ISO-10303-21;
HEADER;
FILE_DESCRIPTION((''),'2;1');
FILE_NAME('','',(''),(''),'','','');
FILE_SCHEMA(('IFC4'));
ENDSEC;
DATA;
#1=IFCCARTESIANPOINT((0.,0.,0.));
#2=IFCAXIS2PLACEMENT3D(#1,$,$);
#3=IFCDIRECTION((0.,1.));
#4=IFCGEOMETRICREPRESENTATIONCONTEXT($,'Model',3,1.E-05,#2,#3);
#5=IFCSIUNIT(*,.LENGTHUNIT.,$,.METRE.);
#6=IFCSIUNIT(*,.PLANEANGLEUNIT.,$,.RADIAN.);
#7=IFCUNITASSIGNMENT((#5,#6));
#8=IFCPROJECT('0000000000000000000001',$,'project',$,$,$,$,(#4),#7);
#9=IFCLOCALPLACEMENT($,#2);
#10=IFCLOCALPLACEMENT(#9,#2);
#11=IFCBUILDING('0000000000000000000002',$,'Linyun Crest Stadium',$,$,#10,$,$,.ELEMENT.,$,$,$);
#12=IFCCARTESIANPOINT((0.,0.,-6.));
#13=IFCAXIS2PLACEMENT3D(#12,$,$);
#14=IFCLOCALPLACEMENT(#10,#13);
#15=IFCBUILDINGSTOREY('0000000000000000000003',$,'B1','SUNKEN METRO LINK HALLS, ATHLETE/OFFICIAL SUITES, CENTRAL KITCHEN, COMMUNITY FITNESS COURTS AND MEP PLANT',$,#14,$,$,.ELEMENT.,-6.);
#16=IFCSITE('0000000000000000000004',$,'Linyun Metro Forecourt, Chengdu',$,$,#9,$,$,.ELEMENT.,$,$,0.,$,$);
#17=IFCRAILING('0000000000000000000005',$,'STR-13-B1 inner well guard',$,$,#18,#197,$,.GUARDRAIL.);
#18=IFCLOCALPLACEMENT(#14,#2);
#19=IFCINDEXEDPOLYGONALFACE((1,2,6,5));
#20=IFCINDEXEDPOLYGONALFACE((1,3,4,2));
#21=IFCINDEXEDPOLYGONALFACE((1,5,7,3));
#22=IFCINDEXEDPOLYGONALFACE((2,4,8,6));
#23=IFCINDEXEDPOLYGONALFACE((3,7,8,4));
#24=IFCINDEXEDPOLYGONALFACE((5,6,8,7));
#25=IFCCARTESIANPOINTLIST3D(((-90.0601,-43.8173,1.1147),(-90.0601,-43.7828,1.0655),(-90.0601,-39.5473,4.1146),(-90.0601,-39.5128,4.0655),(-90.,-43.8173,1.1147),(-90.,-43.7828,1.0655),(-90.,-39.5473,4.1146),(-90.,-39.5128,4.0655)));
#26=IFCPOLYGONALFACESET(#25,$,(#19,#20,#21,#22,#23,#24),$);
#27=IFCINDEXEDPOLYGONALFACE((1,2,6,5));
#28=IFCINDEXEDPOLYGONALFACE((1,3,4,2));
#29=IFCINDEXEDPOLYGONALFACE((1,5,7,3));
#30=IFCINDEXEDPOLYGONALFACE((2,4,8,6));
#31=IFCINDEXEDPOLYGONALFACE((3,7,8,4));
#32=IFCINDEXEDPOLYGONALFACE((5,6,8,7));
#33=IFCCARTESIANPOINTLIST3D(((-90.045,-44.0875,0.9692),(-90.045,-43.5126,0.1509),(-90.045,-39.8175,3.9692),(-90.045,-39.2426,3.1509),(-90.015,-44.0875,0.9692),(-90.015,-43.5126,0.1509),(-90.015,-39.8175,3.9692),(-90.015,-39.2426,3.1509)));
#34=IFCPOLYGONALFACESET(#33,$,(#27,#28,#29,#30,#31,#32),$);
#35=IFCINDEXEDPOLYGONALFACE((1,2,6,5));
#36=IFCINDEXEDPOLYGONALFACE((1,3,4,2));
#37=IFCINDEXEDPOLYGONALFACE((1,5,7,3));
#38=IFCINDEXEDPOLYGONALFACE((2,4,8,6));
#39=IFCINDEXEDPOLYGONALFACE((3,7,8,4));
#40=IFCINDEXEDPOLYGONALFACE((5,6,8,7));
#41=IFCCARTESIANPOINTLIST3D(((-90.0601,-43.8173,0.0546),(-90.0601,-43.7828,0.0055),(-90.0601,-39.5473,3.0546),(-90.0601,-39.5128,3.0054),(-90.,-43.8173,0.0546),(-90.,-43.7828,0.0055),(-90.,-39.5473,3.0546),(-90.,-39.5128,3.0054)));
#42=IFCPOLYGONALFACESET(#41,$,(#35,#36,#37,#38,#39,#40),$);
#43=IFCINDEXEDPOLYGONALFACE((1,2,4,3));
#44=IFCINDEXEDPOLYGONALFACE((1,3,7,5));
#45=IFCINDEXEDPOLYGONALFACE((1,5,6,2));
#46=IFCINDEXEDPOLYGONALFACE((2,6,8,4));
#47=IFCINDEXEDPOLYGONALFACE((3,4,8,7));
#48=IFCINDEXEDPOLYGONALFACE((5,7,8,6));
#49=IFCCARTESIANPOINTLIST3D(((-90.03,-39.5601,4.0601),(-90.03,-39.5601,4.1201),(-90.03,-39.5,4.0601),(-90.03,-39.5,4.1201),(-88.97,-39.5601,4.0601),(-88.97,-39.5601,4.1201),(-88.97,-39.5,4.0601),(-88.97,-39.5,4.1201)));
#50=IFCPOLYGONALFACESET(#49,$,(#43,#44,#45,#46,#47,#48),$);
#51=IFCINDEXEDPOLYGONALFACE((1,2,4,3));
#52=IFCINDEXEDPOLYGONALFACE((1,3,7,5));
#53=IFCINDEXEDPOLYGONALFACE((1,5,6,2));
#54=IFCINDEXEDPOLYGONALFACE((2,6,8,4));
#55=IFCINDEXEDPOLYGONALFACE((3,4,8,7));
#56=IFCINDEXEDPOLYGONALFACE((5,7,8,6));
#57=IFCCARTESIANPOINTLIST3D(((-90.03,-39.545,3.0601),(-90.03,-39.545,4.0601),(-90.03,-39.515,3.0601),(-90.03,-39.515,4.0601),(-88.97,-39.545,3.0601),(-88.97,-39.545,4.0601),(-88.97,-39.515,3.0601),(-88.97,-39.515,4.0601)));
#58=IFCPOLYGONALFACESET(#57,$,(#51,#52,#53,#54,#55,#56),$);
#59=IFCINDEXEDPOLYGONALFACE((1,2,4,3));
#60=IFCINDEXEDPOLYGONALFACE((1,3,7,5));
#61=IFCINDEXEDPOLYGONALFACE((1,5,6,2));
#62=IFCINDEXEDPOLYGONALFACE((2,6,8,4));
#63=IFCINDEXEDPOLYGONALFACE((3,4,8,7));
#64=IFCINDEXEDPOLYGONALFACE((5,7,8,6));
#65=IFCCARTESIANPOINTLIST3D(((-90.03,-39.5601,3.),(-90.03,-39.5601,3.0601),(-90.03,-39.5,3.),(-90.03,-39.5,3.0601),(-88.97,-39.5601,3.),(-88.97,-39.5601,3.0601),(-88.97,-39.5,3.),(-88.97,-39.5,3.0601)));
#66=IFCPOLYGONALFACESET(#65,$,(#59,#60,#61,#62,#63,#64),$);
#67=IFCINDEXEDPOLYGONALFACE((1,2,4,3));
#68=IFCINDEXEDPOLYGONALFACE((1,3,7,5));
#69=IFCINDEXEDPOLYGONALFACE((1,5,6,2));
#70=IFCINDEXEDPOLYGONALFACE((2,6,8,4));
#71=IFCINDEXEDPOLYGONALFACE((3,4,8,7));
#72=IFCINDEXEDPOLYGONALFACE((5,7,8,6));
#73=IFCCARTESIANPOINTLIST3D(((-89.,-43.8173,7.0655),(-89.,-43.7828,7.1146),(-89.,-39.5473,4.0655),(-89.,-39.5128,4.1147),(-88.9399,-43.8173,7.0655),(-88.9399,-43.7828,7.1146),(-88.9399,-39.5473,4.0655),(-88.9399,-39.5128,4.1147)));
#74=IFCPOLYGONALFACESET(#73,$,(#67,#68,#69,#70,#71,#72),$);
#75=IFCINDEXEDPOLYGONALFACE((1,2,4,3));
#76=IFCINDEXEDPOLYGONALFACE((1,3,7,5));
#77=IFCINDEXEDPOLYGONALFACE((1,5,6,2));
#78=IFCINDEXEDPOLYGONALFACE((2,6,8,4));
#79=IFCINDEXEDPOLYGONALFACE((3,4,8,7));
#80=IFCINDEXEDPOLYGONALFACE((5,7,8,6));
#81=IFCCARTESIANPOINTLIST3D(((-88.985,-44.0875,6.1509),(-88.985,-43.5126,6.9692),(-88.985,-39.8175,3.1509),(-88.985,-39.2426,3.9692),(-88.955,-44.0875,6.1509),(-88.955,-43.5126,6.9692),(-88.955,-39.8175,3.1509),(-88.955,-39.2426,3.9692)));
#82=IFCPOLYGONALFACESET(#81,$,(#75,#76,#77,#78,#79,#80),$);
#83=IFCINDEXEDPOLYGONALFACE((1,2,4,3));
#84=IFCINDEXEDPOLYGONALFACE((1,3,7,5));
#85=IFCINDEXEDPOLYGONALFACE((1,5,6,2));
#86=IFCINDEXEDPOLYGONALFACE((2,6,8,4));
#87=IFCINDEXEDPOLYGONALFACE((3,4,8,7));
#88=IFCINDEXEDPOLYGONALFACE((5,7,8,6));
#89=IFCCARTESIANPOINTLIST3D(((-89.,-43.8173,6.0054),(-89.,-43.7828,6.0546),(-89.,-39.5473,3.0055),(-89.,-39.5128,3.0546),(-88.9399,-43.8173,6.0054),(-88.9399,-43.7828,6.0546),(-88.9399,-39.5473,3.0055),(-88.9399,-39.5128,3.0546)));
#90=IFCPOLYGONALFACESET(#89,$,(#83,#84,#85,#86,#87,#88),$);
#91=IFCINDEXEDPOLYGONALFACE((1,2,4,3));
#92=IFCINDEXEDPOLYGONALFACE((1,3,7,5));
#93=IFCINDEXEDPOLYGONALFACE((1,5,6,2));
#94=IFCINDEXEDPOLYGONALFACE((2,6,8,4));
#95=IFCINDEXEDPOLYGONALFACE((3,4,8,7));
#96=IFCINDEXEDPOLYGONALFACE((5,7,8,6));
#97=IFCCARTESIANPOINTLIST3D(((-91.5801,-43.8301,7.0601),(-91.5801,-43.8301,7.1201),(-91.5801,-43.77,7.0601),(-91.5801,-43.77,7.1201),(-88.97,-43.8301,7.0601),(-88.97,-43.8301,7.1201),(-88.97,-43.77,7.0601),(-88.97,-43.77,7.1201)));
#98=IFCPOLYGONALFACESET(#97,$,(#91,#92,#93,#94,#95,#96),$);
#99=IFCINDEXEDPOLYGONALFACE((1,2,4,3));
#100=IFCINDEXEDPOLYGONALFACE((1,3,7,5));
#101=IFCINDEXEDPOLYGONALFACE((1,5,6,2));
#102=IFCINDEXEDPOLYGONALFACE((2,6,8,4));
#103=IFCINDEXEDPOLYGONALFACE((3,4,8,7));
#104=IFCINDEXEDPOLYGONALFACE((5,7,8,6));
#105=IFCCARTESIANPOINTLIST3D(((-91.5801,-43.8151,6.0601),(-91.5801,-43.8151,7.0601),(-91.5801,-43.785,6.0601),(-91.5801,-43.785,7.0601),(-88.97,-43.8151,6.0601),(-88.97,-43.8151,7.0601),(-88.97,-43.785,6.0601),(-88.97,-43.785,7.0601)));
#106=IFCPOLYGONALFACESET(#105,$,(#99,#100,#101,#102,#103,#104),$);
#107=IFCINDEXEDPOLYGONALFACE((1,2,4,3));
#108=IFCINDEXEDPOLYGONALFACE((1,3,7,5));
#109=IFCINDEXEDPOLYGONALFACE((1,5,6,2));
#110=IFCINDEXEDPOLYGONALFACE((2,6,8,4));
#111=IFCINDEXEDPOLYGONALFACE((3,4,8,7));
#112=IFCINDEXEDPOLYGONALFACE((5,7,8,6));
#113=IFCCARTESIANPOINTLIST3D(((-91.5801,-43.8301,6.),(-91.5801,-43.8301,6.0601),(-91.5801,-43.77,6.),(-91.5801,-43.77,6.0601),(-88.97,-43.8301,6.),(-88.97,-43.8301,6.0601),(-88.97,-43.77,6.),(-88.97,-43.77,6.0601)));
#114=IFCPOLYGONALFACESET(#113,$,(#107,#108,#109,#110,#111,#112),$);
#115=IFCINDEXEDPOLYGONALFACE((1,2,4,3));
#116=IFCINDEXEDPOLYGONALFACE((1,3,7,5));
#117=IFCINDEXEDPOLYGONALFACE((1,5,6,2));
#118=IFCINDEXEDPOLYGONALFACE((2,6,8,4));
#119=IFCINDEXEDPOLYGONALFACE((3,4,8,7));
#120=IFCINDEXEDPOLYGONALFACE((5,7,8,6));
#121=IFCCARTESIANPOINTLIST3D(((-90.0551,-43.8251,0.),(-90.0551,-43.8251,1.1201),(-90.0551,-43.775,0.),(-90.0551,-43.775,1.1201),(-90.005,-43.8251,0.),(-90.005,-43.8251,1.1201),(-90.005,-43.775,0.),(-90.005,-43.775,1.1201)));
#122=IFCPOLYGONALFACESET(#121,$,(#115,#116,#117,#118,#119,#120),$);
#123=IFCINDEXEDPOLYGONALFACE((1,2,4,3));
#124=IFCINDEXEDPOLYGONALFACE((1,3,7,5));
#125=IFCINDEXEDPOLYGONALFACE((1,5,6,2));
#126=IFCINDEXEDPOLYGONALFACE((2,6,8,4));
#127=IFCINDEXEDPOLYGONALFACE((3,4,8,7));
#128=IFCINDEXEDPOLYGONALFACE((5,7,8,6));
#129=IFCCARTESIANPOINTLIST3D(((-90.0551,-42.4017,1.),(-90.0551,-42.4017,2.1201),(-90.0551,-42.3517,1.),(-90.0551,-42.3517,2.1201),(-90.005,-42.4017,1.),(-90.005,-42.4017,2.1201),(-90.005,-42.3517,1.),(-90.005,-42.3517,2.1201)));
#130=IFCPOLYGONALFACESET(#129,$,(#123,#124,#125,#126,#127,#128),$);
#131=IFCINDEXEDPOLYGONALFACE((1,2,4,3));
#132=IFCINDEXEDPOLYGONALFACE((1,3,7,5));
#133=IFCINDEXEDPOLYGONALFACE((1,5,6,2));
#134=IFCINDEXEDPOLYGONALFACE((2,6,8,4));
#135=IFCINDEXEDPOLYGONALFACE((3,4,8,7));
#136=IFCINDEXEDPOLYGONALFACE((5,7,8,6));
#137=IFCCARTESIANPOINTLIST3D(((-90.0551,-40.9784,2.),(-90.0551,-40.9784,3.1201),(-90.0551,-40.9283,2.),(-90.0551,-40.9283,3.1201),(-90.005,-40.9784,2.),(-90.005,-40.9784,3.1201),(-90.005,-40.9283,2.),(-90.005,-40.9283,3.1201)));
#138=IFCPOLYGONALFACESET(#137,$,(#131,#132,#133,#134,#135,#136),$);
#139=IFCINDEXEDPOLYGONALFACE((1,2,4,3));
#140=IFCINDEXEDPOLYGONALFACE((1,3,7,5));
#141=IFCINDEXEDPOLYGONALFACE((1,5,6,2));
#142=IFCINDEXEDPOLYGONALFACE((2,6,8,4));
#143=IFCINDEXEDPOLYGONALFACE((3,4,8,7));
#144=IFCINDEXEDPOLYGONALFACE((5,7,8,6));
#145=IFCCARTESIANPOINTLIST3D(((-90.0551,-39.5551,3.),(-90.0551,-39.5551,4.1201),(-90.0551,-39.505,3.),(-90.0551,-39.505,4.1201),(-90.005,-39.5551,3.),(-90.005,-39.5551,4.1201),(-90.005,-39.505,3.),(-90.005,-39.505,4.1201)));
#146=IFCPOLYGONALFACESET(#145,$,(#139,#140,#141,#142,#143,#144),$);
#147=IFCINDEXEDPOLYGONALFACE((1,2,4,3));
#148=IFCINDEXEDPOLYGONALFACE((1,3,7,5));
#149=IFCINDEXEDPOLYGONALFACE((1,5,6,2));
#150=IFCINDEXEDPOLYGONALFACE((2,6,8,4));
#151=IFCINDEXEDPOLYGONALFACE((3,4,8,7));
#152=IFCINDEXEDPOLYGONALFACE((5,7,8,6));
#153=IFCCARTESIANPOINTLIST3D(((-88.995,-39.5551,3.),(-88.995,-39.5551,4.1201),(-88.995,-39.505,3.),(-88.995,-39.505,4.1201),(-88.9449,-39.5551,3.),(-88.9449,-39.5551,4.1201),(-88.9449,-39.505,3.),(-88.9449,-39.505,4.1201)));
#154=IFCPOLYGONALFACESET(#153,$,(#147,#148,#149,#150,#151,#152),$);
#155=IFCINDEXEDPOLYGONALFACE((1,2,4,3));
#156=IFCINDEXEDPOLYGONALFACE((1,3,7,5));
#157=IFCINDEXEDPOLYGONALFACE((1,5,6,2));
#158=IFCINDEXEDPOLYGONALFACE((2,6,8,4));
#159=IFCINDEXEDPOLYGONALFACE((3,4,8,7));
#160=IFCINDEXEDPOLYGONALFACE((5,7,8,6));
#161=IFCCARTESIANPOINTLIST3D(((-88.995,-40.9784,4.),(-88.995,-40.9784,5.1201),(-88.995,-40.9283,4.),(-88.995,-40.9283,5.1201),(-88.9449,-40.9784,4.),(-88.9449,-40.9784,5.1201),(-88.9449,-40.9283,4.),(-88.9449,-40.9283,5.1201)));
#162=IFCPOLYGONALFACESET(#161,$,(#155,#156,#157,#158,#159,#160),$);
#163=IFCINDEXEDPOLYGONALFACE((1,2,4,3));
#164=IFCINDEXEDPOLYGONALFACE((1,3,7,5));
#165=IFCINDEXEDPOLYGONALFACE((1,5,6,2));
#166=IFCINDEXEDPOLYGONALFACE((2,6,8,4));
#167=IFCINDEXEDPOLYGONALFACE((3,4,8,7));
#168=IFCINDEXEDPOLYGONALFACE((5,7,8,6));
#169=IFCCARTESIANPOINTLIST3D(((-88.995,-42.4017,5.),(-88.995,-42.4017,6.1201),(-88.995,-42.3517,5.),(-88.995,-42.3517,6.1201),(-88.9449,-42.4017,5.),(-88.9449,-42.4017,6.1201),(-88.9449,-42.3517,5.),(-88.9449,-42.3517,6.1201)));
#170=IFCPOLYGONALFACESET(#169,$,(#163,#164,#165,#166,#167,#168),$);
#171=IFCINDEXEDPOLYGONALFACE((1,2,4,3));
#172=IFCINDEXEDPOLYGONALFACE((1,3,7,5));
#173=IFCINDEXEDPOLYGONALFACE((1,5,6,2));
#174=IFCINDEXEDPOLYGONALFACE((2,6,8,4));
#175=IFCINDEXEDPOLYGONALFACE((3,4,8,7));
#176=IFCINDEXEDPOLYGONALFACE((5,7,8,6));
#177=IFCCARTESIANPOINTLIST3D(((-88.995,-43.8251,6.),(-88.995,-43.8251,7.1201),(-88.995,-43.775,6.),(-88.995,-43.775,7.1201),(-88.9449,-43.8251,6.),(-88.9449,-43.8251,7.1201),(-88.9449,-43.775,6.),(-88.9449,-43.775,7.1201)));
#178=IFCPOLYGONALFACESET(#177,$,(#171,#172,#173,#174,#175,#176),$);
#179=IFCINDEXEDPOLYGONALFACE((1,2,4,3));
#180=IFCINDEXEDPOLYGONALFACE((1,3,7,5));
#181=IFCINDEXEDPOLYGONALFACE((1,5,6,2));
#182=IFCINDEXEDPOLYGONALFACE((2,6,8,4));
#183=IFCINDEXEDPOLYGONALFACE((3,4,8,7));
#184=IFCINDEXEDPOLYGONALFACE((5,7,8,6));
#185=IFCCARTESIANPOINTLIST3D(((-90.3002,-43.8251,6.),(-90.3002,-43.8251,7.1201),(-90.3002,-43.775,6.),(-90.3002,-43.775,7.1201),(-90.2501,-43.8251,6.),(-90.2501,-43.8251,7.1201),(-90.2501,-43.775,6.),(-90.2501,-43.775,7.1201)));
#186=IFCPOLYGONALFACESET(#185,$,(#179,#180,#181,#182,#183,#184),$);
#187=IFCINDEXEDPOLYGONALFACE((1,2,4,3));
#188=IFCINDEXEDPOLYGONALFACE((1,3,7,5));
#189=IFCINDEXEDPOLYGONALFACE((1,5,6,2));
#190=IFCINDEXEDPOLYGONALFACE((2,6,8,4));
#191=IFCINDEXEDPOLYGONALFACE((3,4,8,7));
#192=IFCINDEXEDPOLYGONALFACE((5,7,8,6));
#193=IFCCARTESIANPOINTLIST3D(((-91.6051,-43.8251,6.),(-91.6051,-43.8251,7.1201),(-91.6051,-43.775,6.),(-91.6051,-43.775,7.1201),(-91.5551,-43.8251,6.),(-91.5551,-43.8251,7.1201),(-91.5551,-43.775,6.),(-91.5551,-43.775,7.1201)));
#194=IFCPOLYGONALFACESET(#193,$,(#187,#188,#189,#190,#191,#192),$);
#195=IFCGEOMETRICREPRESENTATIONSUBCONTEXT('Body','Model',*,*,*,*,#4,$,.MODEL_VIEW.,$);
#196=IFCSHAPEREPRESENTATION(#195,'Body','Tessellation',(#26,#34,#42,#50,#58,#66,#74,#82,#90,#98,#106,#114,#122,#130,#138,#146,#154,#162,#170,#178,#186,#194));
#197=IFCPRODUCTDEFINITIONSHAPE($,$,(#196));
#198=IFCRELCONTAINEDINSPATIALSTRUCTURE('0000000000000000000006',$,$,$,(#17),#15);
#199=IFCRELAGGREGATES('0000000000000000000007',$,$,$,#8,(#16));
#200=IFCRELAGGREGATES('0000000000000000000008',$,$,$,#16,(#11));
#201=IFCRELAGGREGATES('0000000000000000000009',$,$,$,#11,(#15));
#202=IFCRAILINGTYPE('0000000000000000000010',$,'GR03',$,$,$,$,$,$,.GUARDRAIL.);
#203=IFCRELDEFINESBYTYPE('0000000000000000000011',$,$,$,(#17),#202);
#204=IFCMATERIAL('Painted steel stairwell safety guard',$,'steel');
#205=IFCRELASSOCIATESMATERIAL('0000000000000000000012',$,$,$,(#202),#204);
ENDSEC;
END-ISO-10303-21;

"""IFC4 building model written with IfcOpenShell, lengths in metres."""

from ifc_helpers import new_model, si_unit, direction, frame, origin, origin_2d, place, context, subcontext, project, spatial, rectangle, extrude, material, type_object, element, save


model = new_model("IFC4")

# Units and contexts
model_context = context("Model", 3, precision=1e-05, world=origin(), true_north=direction((0.0, 1.0)))
body_context = subcontext(model_context, "Body", "Model", "MODEL_VIEW")
ifc_project = project(units=[si_unit("LENGTHUNIT", "METRE"), si_unit("PLANEANGLEUNIT", "RADIAN")], contexts=[model_context])

# Site, building, storey
site_placement = place(None, origin())
site = spatial("IfcSite", under=ifc_project, at=site_placement, Name="Linyun Metro Forecourt, Chengdu", CompositionType="ELEMENT", RefElevation=0.0)
building_placement = place(site_placement, origin())
building = spatial("IfcBuilding", under=site, at=building_placement, Name="Linyun Crest Stadium", CompositionType="ELEMENT")
storey_placement = place(building_placement, frame((0.0, 0.0, -6.0)))
storey = spatial("IfcBuildingStorey", under=building, at=storey_placement, Name="B1", Description="SUNKEN METRO LINK HALLS, ATHLETE/OFFICIAL SUITES, CENTRAL KITCHEN, COMMUNITY FITNESS COURTS AND MEP PLANT", CompositionType="ELEMENT", Elevation=-6.0)

# Railing
ifc_material_1 = material(Name="Painted steel stairwell safety guard", Category="steel")
railing_type = type_object("IfcRailingType", Name="GR03", PredefinedType="GUARDRAIL", material=ifc_material_1)
railing_1_placement = place(storey_placement, frame((-90.03, -43.8, 0.0)))
element("IfcRailing", 1, at=railing_1_placement, inside=storey, type_object=railing_type, Name="STR-13-B1 inner well guard", PredefinedType="GUARDRAIL", context=body_context, shape_type="SweptSolid", body=[
    extrude(rectangle(XDim=0.0601, YDim=0.0601, at=origin_2d()), frame((0.0, 0.0, 1.0901), z_axis=(0.0, 0.818242, 0.574874), x_axis=(-1.0, 0.0, 0.0)), (0.0, 0.0, 1.0), 5.2185),
    extrude(rectangle(XDim=0.03, YDim=1.0, at=origin_2d()), frame((0.0, 0.0, 0.5601), z_axis=(0.0, 0.818242, 0.574874), x_axis=(-1.0, 0.0, 0.0)), (0.0, 0.0, 1.0), 5.2185),
    extrude(rectangle(XDim=0.0601, YDim=0.0601, at=origin_2d()), frame((0.0, 0.0, 0.03), z_axis=(0.0, 0.818242, 0.574874), x_axis=(-1.0, 0.0, 0.0)), (0.0, 0.0, 1.0), 5.2185),
    extrude(rectangle(XDim=0.0601, YDim=0.0601, at=origin_2d()), frame((0.0, 4.27, 4.0901), z_axis=(1.0, 0.0, 0.0), x_axis=(0.0, 1.0, 0.0)), (0.0, 0.0, 1.0), 1.0601),
    extrude(rectangle(XDim=0.03, YDim=1.0, at=origin_2d()), frame((0.0, 4.27, 3.5601), z_axis=(1.0, 0.0, 0.0), x_axis=(0.0, 1.0, 0.0)), (0.0, 0.0, 1.0), 1.0601),
    extrude(rectangle(XDim=0.0601, YDim=0.0601, at=origin_2d()), frame((0.0, 4.27, 3.03), z_axis=(1.0, 0.0, 0.0), x_axis=(0.0, 1.0, 0.0)), (0.0, 0.0, 1.0), 1.0601),
    extrude(rectangle(XDim=0.0601, YDim=0.0601, at=origin_2d()), frame((1.0601, 4.27, 4.0901), z_axis=(0.0, -0.818242, 0.574874), x_axis=(1.0, 0.0, 0.0)), (0.0, 0.0, 1.0), 5.2185),
    extrude(rectangle(XDim=0.03, YDim=1.0, at=origin_2d()), frame((1.0601, 4.27, 3.5601), z_axis=(0.0, -0.818242, 0.574874), x_axis=(1.0, 0.0, 0.0)), (0.0, 0.0, 1.0), 5.2185),
    extrude(rectangle(XDim=0.0601, YDim=0.0601, at=origin_2d()), frame((1.0601, 4.27, 3.03), z_axis=(0.0, -0.818242, 0.574874), x_axis=(1.0, 0.0, 0.0)), (0.0, 0.0, 1.0), 5.2185),
    extrude(rectangle(XDim=0.0601, YDim=0.0601, at=origin_2d()), frame((1.0601, 0.0, 7.0901), z_axis=(-1.0, 0.0, 0.0), x_axis=(0.0, -1.0, 0.0)), (0.0, 0.0, 1.0), 2.6101),
    extrude(rectangle(XDim=0.03, YDim=1.0, at=origin_2d()), frame((1.0601, 0.0, 6.5601), z_axis=(-1.0, 0.0, 0.0), x_axis=(0.0, -1.0, 0.0)), (0.0, 0.0, 1.0), 2.6101),
    extrude(rectangle(XDim=0.0601, YDim=0.0601, at=origin_2d()), frame((1.0601, 0.0, 6.03), z_axis=(-1.0, 0.0, 0.0), x_axis=(0.0, -1.0, 0.0)), (0.0, 0.0, 1.0), 2.6101),
    extrude(rectangle(XDim=0.05, YDim=0.05, at=origin_2d()), origin(), (0.0, 0.0, 1.0), 1.1201),
    extrude(rectangle(XDim=0.05, YDim=0.05, at=origin_2d()), frame((0.0, 1.4233, 1.0)), (0.0, 0.0, 1.0), 1.1201),
    extrude(rectangle(XDim=0.05, YDim=0.05, at=origin_2d()), frame((0.0, 2.8467, 2.0)), (0.0, 0.0, 1.0), 1.1201),
    extrude(rectangle(XDim=0.05, YDim=0.05, at=origin_2d()), frame((0.0, 4.27, 3.0)), (0.0, 0.0, 1.0), 1.1201),
    extrude(rectangle(XDim=0.05, YDim=0.05, at=origin_2d()), frame((1.0601, 4.27, 3.0)), (0.0, 0.0, 1.0), 1.1201),
    extrude(rectangle(XDim=0.05, YDim=0.05, at=origin_2d()), frame((1.0601, 2.8467, 4.0)), (0.0, 0.0, 1.0), 1.1201),
    extrude(rectangle(XDim=0.05, YDim=0.05, at=origin_2d()), frame((1.0601, 1.4233, 5.0)), (0.0, 0.0, 1.0), 1.1201),
    extrude(rectangle(XDim=0.05, YDim=0.05, at=origin_2d()), frame((1.0601, 0.0, 6.0)), (0.0, 0.0, 1.0), 1.1201),
    extrude(rectangle(XDim=0.05, YDim=0.05, at=origin_2d()), frame((-0.2451, 0.0, 6.0)), (0.0, 0.0, 1.0), 1.1201),
    extrude(rectangle(XDim=0.05, YDim=0.05, at=origin_2d()), frame((-1.55, 0.0, 6.0)), (0.0, 0.0, 1.0), 1.1201),
])

save(model, "model.ifc")
